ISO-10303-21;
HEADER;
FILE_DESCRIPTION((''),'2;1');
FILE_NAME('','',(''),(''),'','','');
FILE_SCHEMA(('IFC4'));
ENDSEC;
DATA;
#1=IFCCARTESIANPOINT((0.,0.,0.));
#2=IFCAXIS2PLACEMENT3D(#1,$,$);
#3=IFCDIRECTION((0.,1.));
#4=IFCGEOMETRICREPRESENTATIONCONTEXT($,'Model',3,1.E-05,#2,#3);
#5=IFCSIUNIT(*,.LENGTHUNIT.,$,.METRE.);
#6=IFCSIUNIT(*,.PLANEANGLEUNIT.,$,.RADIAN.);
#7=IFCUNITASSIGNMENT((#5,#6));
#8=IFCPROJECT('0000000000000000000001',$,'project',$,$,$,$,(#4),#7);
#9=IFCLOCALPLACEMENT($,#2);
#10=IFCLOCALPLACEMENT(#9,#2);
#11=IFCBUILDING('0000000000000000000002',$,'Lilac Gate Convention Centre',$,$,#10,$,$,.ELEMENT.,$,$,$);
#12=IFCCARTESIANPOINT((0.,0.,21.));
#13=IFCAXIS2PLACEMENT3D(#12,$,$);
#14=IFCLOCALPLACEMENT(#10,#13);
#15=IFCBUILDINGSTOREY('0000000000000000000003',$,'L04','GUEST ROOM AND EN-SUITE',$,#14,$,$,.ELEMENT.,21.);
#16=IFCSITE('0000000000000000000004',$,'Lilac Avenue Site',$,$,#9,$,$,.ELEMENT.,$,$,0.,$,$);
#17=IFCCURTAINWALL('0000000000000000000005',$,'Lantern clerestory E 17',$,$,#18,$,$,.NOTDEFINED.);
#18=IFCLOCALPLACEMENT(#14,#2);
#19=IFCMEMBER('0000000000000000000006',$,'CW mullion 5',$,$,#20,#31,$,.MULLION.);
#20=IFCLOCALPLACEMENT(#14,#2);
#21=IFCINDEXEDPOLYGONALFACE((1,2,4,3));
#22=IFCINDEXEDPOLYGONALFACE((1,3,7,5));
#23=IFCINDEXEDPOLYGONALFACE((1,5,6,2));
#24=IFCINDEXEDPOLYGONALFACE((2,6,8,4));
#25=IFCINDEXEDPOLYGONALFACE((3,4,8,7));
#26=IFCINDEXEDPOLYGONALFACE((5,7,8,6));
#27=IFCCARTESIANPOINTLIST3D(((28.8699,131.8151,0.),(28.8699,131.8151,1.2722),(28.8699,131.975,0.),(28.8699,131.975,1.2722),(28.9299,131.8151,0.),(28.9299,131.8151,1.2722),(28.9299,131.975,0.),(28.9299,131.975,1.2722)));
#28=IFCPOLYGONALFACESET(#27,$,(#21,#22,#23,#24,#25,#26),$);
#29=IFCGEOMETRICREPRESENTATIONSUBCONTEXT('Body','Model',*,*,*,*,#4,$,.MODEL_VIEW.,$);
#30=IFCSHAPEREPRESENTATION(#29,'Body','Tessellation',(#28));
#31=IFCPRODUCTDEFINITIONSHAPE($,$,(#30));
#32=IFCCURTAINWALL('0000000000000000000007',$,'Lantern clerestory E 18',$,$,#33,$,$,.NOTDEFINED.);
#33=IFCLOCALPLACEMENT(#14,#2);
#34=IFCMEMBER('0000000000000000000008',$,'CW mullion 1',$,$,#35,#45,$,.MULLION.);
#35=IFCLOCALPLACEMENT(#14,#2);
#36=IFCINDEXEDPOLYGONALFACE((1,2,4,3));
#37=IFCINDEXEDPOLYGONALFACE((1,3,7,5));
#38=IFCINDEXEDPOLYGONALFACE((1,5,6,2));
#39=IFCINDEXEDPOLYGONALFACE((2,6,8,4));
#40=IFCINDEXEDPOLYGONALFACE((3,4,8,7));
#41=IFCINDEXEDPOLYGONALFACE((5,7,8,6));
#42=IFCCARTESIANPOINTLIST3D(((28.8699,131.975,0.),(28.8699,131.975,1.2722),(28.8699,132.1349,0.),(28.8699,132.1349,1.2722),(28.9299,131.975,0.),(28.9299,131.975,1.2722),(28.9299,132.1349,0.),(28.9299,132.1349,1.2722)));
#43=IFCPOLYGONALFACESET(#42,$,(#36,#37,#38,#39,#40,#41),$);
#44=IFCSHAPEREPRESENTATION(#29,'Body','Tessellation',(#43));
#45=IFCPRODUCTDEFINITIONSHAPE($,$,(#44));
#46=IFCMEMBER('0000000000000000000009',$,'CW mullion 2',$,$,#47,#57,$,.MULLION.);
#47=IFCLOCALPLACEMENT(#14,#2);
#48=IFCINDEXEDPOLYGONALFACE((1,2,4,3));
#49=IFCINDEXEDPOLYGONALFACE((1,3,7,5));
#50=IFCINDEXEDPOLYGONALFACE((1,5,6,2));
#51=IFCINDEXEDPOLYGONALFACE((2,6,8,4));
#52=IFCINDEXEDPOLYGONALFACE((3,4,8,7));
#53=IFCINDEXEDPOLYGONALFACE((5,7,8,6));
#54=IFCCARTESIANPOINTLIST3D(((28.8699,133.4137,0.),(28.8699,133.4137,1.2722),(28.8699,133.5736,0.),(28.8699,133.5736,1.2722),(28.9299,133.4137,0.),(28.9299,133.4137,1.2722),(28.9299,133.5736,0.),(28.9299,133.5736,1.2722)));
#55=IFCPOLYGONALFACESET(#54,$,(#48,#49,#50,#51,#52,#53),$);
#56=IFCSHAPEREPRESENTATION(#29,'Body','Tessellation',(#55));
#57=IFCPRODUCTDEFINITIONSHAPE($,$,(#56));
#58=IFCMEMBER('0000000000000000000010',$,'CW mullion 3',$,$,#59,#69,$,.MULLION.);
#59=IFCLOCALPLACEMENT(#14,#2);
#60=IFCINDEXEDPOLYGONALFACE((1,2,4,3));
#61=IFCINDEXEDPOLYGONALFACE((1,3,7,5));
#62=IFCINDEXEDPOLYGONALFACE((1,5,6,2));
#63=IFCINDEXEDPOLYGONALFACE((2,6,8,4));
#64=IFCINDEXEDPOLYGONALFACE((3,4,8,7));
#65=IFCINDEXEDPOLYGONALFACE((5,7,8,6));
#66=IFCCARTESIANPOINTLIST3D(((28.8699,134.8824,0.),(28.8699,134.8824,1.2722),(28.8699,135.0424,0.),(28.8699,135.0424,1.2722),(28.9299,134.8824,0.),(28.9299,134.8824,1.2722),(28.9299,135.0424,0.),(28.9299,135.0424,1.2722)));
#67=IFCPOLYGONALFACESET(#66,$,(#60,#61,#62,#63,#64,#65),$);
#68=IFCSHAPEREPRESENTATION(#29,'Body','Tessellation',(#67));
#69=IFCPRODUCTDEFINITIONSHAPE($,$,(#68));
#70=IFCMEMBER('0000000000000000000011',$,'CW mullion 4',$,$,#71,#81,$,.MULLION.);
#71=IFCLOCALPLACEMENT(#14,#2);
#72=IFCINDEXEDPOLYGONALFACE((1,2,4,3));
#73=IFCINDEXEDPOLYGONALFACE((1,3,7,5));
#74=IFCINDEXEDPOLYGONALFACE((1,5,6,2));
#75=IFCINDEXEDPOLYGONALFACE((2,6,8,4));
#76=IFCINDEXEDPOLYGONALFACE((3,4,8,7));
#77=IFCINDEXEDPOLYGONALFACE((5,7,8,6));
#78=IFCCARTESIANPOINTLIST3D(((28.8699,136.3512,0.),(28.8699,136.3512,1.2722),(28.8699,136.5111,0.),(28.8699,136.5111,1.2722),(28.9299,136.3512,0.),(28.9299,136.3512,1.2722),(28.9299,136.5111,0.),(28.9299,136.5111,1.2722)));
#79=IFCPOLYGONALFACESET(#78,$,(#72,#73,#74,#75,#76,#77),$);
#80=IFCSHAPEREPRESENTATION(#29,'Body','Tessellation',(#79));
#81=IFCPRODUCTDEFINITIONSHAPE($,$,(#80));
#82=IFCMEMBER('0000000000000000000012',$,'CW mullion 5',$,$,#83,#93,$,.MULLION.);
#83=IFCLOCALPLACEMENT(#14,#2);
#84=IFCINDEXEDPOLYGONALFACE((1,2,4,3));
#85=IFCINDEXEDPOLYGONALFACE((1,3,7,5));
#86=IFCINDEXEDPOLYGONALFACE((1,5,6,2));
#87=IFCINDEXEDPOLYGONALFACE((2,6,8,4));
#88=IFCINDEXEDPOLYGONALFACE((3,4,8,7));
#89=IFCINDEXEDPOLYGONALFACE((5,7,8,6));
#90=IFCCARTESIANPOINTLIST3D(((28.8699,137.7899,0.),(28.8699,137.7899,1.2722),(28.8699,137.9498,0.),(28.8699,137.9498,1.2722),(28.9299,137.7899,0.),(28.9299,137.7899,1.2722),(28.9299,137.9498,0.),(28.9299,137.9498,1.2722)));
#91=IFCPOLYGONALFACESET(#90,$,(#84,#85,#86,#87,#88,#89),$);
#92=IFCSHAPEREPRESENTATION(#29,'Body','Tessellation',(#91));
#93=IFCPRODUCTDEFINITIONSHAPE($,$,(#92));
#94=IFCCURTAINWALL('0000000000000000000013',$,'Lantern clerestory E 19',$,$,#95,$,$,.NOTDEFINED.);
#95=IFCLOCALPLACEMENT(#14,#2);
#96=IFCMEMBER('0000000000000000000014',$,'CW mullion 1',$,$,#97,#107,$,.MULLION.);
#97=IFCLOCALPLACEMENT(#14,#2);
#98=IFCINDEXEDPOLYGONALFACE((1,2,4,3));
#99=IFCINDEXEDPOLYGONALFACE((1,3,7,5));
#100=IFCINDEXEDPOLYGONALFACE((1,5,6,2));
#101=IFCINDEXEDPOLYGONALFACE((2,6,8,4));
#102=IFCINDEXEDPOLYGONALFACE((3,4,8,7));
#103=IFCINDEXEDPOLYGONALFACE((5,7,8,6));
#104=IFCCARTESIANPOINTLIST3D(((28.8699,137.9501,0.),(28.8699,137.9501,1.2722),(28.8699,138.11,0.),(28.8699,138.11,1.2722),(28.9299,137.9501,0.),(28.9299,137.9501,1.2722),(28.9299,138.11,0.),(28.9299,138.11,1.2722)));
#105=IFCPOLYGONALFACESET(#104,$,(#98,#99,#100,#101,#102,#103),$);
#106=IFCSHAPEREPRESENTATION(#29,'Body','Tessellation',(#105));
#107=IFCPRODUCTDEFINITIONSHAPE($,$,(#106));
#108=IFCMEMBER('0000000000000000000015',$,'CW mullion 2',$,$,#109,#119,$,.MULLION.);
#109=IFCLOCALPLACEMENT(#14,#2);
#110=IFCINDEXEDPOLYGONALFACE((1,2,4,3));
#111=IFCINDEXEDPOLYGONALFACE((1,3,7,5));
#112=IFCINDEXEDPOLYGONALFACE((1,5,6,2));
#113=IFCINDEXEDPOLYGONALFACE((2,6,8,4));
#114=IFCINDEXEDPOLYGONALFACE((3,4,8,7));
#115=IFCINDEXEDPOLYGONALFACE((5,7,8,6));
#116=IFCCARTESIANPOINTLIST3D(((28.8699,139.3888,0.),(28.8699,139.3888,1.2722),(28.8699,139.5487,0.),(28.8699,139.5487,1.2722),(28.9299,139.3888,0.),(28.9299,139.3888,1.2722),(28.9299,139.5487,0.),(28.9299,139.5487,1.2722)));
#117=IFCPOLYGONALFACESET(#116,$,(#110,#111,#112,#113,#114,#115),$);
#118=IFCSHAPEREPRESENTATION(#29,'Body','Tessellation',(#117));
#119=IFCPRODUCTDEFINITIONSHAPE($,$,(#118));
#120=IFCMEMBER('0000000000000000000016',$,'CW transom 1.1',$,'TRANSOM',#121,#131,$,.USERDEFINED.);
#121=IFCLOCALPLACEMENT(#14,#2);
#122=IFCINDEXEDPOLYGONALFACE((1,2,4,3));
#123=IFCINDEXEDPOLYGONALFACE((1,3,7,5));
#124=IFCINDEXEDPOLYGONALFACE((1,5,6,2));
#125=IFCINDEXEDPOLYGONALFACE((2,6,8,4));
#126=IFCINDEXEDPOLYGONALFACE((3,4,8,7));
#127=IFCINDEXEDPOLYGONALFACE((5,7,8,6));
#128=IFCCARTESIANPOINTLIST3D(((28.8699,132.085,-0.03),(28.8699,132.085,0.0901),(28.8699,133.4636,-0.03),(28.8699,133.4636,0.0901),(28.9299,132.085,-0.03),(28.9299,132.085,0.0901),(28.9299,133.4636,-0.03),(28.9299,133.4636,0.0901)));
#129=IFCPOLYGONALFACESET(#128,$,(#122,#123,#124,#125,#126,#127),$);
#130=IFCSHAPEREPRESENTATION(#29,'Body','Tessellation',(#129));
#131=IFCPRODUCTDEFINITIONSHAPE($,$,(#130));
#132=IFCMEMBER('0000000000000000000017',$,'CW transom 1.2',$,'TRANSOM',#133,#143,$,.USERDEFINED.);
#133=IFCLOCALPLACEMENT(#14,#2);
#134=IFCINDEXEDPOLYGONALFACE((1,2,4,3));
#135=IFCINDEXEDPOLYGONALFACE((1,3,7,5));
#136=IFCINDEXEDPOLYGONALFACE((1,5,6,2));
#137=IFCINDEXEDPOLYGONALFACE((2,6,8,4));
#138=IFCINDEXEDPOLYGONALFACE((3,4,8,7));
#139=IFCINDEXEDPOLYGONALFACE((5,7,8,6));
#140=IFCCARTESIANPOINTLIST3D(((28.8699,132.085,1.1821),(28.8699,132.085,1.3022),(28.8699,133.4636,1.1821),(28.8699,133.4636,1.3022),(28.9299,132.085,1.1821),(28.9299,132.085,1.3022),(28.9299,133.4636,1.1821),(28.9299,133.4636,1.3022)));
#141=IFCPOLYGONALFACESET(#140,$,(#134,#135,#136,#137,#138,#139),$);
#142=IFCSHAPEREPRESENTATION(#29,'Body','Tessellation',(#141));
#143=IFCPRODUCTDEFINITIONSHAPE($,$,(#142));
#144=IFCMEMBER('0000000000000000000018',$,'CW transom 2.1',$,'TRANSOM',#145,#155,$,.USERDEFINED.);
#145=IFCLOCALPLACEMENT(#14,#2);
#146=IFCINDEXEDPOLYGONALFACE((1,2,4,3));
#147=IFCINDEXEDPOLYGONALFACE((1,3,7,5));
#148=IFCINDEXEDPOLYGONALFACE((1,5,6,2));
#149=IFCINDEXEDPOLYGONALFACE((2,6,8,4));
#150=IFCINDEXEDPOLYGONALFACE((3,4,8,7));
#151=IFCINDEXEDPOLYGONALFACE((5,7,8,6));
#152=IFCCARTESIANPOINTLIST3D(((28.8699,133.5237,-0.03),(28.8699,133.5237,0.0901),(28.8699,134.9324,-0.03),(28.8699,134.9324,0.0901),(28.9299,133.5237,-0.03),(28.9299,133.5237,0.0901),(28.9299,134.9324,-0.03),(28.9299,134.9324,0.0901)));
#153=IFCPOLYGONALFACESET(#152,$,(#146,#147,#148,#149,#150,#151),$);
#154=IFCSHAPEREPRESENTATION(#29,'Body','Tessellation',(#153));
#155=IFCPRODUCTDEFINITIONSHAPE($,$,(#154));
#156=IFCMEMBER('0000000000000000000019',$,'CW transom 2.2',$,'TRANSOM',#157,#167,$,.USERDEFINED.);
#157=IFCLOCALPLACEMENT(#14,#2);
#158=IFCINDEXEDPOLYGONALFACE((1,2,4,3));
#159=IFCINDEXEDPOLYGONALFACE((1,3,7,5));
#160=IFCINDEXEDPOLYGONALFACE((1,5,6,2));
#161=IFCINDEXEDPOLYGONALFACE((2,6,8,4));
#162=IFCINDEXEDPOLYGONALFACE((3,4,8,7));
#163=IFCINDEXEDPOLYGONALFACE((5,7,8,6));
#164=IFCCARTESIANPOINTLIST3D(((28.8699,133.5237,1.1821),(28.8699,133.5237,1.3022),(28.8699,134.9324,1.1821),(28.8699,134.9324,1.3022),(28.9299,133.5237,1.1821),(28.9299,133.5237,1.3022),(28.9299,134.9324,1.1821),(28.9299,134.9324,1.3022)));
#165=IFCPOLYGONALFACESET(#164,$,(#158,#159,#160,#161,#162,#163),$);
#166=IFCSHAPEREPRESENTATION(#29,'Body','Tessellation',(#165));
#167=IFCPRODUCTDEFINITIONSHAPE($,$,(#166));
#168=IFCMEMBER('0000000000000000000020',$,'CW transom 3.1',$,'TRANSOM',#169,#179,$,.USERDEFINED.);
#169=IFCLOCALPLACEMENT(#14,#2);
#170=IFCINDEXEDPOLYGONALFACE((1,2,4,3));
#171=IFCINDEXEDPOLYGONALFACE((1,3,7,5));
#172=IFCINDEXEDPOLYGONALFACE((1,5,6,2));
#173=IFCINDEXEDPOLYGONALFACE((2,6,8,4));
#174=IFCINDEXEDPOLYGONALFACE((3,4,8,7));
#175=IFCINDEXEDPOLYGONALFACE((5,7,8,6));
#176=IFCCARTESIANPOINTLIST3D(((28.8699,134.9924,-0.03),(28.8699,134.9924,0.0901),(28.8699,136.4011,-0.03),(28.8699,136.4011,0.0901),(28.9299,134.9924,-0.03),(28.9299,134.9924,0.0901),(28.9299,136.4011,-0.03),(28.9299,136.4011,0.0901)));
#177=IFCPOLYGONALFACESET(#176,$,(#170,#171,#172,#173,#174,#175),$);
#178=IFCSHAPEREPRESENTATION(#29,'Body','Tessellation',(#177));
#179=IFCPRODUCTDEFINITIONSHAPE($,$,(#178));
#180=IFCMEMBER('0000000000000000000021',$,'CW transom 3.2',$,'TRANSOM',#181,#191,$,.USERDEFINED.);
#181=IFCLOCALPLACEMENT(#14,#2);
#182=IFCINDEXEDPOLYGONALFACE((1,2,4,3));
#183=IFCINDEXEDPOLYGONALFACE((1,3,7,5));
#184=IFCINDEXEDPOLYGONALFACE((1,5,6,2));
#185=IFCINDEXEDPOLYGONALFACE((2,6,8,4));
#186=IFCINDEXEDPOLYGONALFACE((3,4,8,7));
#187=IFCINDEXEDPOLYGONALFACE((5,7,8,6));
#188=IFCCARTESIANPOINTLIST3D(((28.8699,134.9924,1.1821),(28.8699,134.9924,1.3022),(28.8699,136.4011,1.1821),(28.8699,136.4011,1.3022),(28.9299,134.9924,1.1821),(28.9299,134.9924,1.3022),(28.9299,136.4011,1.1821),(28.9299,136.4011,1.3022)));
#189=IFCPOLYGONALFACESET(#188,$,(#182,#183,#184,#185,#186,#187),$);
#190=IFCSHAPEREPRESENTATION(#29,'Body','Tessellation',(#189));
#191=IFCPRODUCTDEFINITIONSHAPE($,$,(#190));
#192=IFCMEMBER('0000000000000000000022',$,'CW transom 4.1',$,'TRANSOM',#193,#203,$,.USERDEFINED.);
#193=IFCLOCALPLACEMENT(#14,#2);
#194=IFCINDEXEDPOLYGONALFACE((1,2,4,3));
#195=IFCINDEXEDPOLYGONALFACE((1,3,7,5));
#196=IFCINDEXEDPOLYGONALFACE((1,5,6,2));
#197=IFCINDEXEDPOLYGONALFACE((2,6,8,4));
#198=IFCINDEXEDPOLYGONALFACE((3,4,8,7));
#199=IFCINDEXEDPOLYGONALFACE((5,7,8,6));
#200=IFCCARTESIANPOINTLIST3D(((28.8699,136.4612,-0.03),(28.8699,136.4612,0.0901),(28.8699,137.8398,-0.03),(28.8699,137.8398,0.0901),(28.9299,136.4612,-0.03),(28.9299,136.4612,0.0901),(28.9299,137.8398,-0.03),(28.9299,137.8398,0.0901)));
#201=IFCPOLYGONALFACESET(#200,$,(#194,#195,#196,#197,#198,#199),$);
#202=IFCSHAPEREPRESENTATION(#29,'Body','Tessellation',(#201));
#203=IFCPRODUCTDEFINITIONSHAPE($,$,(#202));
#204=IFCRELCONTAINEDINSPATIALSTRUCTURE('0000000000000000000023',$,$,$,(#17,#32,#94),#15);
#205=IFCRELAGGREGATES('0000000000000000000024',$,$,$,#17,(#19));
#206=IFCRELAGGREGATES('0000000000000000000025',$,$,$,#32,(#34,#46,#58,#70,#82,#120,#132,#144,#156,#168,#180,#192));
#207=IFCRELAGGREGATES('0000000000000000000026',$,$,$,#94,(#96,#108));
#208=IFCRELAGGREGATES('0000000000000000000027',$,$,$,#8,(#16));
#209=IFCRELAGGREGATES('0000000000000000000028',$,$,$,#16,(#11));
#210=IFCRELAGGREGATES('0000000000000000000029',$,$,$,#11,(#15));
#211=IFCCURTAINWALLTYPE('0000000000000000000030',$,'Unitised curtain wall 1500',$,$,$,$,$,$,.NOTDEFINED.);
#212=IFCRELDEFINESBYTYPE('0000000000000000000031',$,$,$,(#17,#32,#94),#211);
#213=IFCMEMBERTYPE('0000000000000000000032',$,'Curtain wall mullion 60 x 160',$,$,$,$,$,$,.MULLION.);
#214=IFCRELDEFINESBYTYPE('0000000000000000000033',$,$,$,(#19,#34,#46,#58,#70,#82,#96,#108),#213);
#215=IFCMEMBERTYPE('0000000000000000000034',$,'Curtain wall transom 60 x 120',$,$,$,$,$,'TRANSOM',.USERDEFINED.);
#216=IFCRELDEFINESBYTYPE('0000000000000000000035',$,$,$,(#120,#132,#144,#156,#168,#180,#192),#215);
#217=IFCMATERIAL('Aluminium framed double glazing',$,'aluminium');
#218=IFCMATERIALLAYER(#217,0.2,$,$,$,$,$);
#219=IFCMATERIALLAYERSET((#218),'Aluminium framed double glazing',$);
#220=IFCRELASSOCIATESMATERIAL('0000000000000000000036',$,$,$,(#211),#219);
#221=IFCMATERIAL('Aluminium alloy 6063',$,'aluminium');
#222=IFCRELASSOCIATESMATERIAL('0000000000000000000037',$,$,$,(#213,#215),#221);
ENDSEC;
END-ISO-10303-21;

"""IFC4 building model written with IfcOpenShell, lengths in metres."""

from ifc_helpers import new_model, si_unit, direction, frame, origin, origin_2d, place, context, subcontext, project, spatial, rectangle, extrude, material, layer, layer_set, material_profile, profile_set, type_object, element, aggregate, save


model = new_model("IFC4")

# Units and contexts
model_context = context("Model", 3, precision=1e-05, world=origin(), true_north=direction((0.0, 1.0)))
body_context = subcontext(model_context, "Body", "Model", "MODEL_VIEW")
ifc_project = project(units=[si_unit("LENGTHUNIT", "METRE"), si_unit("PLANEANGLEUNIT", "RADIAN")], contexts=[model_context])

# Site, building, storey
site_placement = place(None, origin())
site = spatial("IfcSite", under=ifc_project, at=site_placement, Name="Lilac Avenue Site", CompositionType="ELEMENT", RefElevation=0.0)
building_placement = place(site_placement, origin())
building = spatial("IfcBuilding", under=site, at=building_placement, Name="Lilac Gate Convention Centre", CompositionType="ELEMENT")
storey_placement = place(building_placement, frame((0.0, 0.0, 21.0)))
storey = spatial("IfcBuildingStorey", under=building, at=storey_placement, Name="L04", Description="GUEST ROOM AND EN-SUITE", CompositionType="ELEMENT", Elevation=21.0)

# Curtain wall, member
ifc_material_1 = material(Name="Aluminium framed double glazing", Category="aluminium")
ifc_layer_1 = layer(ifc_material_1, 0.2)
ifc_layer_set_1 = layer_set([ifc_layer_1], Name="Aluminium framed double glazing")
curtain_wall_type = type_object("IfcCurtainWallType", Name="Unitised curtain wall 1500", PredefinedType="NOTDEFINED", material=ifc_layer_set_1)
curtain_wall_1_placement = place(storey_placement, origin())
curtain_wall_1 = element("IfcCurtainWall", 1, at=curtain_wall_1_placement, inside=storey, type_object=curtain_wall_type, Name="Lantern clerestory E 17", PredefinedType="NOTDEFINED")
ifc_material_2 = material(Name="Aluminium alloy 6063", Category="aluminium")
ifc_material_profile_1 = material_profile(ifc_material_2, rectangle(XDim=0.0601, YDim=0.1599, at=origin_2d()), Name="Curtain wall mullion 60 x 160")
ifc_profile_set_1 = profile_set([ifc_material_profile_1], Name="Aluminium alloy 6063")
member_type_1 = type_object("IfcMemberType", Name="Curtain wall mullion 60 x 160", PredefinedType="MULLION", material=ifc_profile_set_1)
member_1_placement = place(storey_placement, frame((28.8999, 131.895, 0.0), z_axis=(0.0, 0.0, 1.0), x_axis=(-1.0, 0.0, 0.0)))
member_1 = element("IfcMember", 2, at=member_1_placement, type_object=member_type_1, Name="CW mullion 5", PredefinedType="MULLION", context=body_context, shape_type="SweptSolid", body=[
    extrude(rectangle(XDim=0.0601, YDim=0.1599, at=origin_2d()), origin(), (0.0, 0.0, 1.0), 1.2722),
])

# Curtain walls, members
curtain_wall_2_placement = place(storey_placement, origin())
curtain_wall_2 = element("IfcCurtainWall", 3, at=curtain_wall_2_placement, inside=storey, type_object=curtain_wall_type, Name="Lantern clerestory E 18", PredefinedType="NOTDEFINED")
member_2_placement = place(storey_placement, frame((28.8999, 132.0549, 0.0), z_axis=(0.0, 0.0, 1.0), x_axis=(-1.0, 0.0, 0.0)))
member_2 = element("IfcMember", 4, at=member_2_placement, type_object=member_type_1, Name="CW mullion 1", PredefinedType="MULLION", context=body_context, shape_type="SweptSolid", body=[
    extrude(rectangle(XDim=0.0601, YDim=0.1599, at=origin_2d()), origin(), (0.0, 0.0, 1.0), 1.2722),
])
member_3_placement = place(storey_placement, frame((28.8999, 133.4937, 0.0), z_axis=(0.0, 0.0, 1.0), x_axis=(-1.0, 0.0, 0.0)))
member_3 = element("IfcMember", 5, at=member_3_placement, type_object=member_type_1, Name="CW mullion 2", PredefinedType="MULLION", context=body_context, shape_type="SweptSolid", body=[
    extrude(rectangle(XDim=0.0601, YDim=0.1599, at=origin_2d()), origin(), (0.0, 0.0, 1.0), 1.2722),
])
member_4_placement = place(storey_placement, frame((28.8999, 134.9624, 0.0), z_axis=(0.0, 0.0, 1.0), x_axis=(-1.0, 0.0, 0.0)))
member_4 = element("IfcMember", 6, at=member_4_placement, type_object=member_type_1, Name="CW mullion 3", PredefinedType="MULLION", context=body_context, shape_type="SweptSolid", body=[
    extrude(rectangle(XDim=0.0601, YDim=0.1599, at=origin_2d()), origin(), (0.0, 0.0, 1.0), 1.2722),
])
member_5_placement = place(storey_placement, frame((28.8999, 136.4312, 0.0), z_axis=(0.0, 0.0, 1.0), x_axis=(-1.0, 0.0, 0.0)))
member_5 = element("IfcMember", 7, at=member_5_placement, type_object=member_type_1, Name="CW mullion 4", PredefinedType="MULLION", context=body_context, shape_type="SweptSolid", body=[
    extrude(rectangle(XDim=0.0601, YDim=0.1599, at=origin_2d()), origin(), (0.0, 0.0, 1.0), 1.2722),
])
member_6_placement = place(storey_placement, frame((28.8999, 137.8699, 0.0), z_axis=(0.0, 0.0, 1.0), x_axis=(-1.0, 0.0, 0.0)))
member_6 = element("IfcMember", 8, at=member_6_placement, type_object=member_type_1, Name="CW mullion 5", PredefinedType="MULLION", context=body_context, shape_type="SweptSolid", body=[
    extrude(rectangle(XDim=0.0601, YDim=0.1599, at=origin_2d()), origin(), (0.0, 0.0, 1.0), 1.2722),
])
curtain_wall_3_placement = place(storey_placement, origin())
curtain_wall_3 = element("IfcCurtainWall", 9, at=curtain_wall_3_placement, inside=storey, type_object=curtain_wall_type, Name="Lantern clerestory E 19", PredefinedType="NOTDEFINED")
member_7_placement = place(storey_placement, frame((28.8999, 138.03, 0.0), z_axis=(0.0, 0.0, 1.0), x_axis=(-1.0, 0.0, 0.0)))
member_7 = element("IfcMember", 10, at=member_7_placement, type_object=member_type_1, Name="CW mullion 1", PredefinedType="MULLION", context=body_context, shape_type="SweptSolid", body=[
    extrude(rectangle(XDim=0.0601, YDim=0.1599, at=origin_2d()), origin(), (0.0, 0.0, 1.0), 1.2722),
])
member_8_placement = place(storey_placement, frame((28.8999, 139.4688, 0.0), z_axis=(0.0, 0.0, 1.0), x_axis=(-1.0, 0.0, 0.0)))
member_8 = element("IfcMember", 11, at=member_8_placement, type_object=member_type_1, Name="CW mullion 2", PredefinedType="MULLION", context=body_context, shape_type="SweptSolid", body=[
    extrude(rectangle(XDim=0.0601, YDim=0.1599, at=origin_2d()), origin(), (0.0, 0.0, 1.0), 1.2722),
])

# Members
ifc_material_profile_2 = material_profile(ifc_material_2, rectangle(XDim=0.0601, YDim=0.1201, at=origin_2d()), Name="Curtain wall transom 60 x 120")
ifc_profile_set_2 = profile_set([ifc_material_profile_2], Name="Aluminium alloy 6063")
member_type_2 = type_object("IfcMemberType", Name="Curtain wall transom 60 x 120", ElementType="TRANSOM", PredefinedType="USERDEFINED", material=ifc_profile_set_2)
member_9_placement = place(storey_placement, frame((28.8999, 132.085, 0.03), z_axis=(0.0, 1.0, 0.0), x_axis=(-1.0, 0.0, 0.0)))
member_9 = element("IfcMember", 12, at=member_9_placement, type_object=member_type_2, Name="CW transom 1.1", ObjectType="TRANSOM", PredefinedType="USERDEFINED", context=body_context, shape_type="SweptSolid", body=[
    extrude(rectangle(XDim=0.0601, YDim=0.1201, at=origin_2d()), origin(), (0.0, 0.0, 1.0), 1.3787),
])
member_10_placement = place(storey_placement, frame((28.8999, 132.085, 1.2422), z_axis=(0.0, 1.0, 0.0), x_axis=(-1.0, 0.0, 0.0)))
member_10 = element("IfcMember", 13, at=member_10_placement, type_object=member_type_2, Name="CW transom 1.2", ObjectType="TRANSOM", PredefinedType="USERDEFINED", context=body_context, shape_type="SweptSolid", body=[
    extrude(rectangle(XDim=0.0601, YDim=0.1201, at=origin_2d()), origin(), (0.0, 0.0, 1.0), 1.3787),
])
member_11_placement = place(storey_placement, frame((28.8999, 133.5237, 0.03), z_axis=(0.0, 1.0, 0.0), x_axis=(-1.0, 0.0, 0.0)))
member_11 = element("IfcMember", 14, at=member_11_placement, type_object=member_type_2, Name="CW transom 2.1", ObjectType="TRANSOM", PredefinedType="USERDEFINED", context=body_context, shape_type="SweptSolid", body=[
    extrude(rectangle(XDim=0.0601, YDim=0.1201, at=origin_2d()), origin(), (0.0, 0.0, 1.0), 1.4087),
])
member_12_placement = place(storey_placement, frame((28.8999, 133.5237, 1.2422), z_axis=(0.0, 1.0, 0.0), x_axis=(-1.0, 0.0, 0.0)))
member_12 = element("IfcMember", 15, at=member_12_placement, type_object=member_type_2, Name="CW transom 2.2", ObjectType="TRANSOM", PredefinedType="USERDEFINED", context=body_context, shape_type="SweptSolid", body=[
    extrude(rectangle(XDim=0.0601, YDim=0.1201, at=origin_2d()), origin(), (0.0, 0.0, 1.0), 1.4087),
])
member_13_placement = place(storey_placement, frame((28.8999, 134.9924, 0.03), z_axis=(0.0, 1.0, 0.0), x_axis=(-1.0, 0.0, 0.0)))
member_13 = element("IfcMember", 16, at=member_13_placement, type_object=member_type_2, Name="CW transom 3.1", ObjectType="TRANSOM", PredefinedType="USERDEFINED", context=body_context, shape_type="SweptSolid", body=[
    extrude(rectangle(XDim=0.0601, YDim=0.1201, at=origin_2d()), origin(), (0.0, 0.0, 1.0), 1.4087),
])
member_14_placement = place(storey_placement, frame((28.8999, 134.9924, 1.2422), z_axis=(0.0, 1.0, 0.0), x_axis=(-1.0, 0.0, 0.0)))
member_14 = element("IfcMember", 17, at=member_14_placement, type_object=member_type_2, Name="CW transom 3.2", ObjectType="TRANSOM", PredefinedType="USERDEFINED", context=body_context, shape_type="SweptSolid", body=[
    extrude(rectangle(XDim=0.0601, YDim=0.1201, at=origin_2d()), origin(), (0.0, 0.0, 1.0), 1.4087),
])
member_15_placement = place(storey_placement, frame((28.8999, 136.4612, 0.03), z_axis=(0.0, 1.0, 0.0), x_axis=(-1.0, 0.0, 0.0)))
member_15 = element("IfcMember", 18, at=member_15_placement, type_object=member_type_2, Name="CW transom 4.1", ObjectType="TRANSOM", PredefinedType="USERDEFINED", context=body_context, shape_type="SweptSolid", body=[
    extrude(rectangle(XDim=0.0601, YDim=0.1201, at=origin_2d()), origin(), (0.0, 0.0, 1.0), 1.3787),
])

aggregate(curtain_wall_1, [member_1])
aggregate(curtain_wall_2, [member_2, member_3, member_4, member_5, member_6, member_9, member_10, member_11, member_12, member_13, member_14, member_15])
aggregate(curtain_wall_3, [member_7, member_8])

save(model, "model.ifc")
